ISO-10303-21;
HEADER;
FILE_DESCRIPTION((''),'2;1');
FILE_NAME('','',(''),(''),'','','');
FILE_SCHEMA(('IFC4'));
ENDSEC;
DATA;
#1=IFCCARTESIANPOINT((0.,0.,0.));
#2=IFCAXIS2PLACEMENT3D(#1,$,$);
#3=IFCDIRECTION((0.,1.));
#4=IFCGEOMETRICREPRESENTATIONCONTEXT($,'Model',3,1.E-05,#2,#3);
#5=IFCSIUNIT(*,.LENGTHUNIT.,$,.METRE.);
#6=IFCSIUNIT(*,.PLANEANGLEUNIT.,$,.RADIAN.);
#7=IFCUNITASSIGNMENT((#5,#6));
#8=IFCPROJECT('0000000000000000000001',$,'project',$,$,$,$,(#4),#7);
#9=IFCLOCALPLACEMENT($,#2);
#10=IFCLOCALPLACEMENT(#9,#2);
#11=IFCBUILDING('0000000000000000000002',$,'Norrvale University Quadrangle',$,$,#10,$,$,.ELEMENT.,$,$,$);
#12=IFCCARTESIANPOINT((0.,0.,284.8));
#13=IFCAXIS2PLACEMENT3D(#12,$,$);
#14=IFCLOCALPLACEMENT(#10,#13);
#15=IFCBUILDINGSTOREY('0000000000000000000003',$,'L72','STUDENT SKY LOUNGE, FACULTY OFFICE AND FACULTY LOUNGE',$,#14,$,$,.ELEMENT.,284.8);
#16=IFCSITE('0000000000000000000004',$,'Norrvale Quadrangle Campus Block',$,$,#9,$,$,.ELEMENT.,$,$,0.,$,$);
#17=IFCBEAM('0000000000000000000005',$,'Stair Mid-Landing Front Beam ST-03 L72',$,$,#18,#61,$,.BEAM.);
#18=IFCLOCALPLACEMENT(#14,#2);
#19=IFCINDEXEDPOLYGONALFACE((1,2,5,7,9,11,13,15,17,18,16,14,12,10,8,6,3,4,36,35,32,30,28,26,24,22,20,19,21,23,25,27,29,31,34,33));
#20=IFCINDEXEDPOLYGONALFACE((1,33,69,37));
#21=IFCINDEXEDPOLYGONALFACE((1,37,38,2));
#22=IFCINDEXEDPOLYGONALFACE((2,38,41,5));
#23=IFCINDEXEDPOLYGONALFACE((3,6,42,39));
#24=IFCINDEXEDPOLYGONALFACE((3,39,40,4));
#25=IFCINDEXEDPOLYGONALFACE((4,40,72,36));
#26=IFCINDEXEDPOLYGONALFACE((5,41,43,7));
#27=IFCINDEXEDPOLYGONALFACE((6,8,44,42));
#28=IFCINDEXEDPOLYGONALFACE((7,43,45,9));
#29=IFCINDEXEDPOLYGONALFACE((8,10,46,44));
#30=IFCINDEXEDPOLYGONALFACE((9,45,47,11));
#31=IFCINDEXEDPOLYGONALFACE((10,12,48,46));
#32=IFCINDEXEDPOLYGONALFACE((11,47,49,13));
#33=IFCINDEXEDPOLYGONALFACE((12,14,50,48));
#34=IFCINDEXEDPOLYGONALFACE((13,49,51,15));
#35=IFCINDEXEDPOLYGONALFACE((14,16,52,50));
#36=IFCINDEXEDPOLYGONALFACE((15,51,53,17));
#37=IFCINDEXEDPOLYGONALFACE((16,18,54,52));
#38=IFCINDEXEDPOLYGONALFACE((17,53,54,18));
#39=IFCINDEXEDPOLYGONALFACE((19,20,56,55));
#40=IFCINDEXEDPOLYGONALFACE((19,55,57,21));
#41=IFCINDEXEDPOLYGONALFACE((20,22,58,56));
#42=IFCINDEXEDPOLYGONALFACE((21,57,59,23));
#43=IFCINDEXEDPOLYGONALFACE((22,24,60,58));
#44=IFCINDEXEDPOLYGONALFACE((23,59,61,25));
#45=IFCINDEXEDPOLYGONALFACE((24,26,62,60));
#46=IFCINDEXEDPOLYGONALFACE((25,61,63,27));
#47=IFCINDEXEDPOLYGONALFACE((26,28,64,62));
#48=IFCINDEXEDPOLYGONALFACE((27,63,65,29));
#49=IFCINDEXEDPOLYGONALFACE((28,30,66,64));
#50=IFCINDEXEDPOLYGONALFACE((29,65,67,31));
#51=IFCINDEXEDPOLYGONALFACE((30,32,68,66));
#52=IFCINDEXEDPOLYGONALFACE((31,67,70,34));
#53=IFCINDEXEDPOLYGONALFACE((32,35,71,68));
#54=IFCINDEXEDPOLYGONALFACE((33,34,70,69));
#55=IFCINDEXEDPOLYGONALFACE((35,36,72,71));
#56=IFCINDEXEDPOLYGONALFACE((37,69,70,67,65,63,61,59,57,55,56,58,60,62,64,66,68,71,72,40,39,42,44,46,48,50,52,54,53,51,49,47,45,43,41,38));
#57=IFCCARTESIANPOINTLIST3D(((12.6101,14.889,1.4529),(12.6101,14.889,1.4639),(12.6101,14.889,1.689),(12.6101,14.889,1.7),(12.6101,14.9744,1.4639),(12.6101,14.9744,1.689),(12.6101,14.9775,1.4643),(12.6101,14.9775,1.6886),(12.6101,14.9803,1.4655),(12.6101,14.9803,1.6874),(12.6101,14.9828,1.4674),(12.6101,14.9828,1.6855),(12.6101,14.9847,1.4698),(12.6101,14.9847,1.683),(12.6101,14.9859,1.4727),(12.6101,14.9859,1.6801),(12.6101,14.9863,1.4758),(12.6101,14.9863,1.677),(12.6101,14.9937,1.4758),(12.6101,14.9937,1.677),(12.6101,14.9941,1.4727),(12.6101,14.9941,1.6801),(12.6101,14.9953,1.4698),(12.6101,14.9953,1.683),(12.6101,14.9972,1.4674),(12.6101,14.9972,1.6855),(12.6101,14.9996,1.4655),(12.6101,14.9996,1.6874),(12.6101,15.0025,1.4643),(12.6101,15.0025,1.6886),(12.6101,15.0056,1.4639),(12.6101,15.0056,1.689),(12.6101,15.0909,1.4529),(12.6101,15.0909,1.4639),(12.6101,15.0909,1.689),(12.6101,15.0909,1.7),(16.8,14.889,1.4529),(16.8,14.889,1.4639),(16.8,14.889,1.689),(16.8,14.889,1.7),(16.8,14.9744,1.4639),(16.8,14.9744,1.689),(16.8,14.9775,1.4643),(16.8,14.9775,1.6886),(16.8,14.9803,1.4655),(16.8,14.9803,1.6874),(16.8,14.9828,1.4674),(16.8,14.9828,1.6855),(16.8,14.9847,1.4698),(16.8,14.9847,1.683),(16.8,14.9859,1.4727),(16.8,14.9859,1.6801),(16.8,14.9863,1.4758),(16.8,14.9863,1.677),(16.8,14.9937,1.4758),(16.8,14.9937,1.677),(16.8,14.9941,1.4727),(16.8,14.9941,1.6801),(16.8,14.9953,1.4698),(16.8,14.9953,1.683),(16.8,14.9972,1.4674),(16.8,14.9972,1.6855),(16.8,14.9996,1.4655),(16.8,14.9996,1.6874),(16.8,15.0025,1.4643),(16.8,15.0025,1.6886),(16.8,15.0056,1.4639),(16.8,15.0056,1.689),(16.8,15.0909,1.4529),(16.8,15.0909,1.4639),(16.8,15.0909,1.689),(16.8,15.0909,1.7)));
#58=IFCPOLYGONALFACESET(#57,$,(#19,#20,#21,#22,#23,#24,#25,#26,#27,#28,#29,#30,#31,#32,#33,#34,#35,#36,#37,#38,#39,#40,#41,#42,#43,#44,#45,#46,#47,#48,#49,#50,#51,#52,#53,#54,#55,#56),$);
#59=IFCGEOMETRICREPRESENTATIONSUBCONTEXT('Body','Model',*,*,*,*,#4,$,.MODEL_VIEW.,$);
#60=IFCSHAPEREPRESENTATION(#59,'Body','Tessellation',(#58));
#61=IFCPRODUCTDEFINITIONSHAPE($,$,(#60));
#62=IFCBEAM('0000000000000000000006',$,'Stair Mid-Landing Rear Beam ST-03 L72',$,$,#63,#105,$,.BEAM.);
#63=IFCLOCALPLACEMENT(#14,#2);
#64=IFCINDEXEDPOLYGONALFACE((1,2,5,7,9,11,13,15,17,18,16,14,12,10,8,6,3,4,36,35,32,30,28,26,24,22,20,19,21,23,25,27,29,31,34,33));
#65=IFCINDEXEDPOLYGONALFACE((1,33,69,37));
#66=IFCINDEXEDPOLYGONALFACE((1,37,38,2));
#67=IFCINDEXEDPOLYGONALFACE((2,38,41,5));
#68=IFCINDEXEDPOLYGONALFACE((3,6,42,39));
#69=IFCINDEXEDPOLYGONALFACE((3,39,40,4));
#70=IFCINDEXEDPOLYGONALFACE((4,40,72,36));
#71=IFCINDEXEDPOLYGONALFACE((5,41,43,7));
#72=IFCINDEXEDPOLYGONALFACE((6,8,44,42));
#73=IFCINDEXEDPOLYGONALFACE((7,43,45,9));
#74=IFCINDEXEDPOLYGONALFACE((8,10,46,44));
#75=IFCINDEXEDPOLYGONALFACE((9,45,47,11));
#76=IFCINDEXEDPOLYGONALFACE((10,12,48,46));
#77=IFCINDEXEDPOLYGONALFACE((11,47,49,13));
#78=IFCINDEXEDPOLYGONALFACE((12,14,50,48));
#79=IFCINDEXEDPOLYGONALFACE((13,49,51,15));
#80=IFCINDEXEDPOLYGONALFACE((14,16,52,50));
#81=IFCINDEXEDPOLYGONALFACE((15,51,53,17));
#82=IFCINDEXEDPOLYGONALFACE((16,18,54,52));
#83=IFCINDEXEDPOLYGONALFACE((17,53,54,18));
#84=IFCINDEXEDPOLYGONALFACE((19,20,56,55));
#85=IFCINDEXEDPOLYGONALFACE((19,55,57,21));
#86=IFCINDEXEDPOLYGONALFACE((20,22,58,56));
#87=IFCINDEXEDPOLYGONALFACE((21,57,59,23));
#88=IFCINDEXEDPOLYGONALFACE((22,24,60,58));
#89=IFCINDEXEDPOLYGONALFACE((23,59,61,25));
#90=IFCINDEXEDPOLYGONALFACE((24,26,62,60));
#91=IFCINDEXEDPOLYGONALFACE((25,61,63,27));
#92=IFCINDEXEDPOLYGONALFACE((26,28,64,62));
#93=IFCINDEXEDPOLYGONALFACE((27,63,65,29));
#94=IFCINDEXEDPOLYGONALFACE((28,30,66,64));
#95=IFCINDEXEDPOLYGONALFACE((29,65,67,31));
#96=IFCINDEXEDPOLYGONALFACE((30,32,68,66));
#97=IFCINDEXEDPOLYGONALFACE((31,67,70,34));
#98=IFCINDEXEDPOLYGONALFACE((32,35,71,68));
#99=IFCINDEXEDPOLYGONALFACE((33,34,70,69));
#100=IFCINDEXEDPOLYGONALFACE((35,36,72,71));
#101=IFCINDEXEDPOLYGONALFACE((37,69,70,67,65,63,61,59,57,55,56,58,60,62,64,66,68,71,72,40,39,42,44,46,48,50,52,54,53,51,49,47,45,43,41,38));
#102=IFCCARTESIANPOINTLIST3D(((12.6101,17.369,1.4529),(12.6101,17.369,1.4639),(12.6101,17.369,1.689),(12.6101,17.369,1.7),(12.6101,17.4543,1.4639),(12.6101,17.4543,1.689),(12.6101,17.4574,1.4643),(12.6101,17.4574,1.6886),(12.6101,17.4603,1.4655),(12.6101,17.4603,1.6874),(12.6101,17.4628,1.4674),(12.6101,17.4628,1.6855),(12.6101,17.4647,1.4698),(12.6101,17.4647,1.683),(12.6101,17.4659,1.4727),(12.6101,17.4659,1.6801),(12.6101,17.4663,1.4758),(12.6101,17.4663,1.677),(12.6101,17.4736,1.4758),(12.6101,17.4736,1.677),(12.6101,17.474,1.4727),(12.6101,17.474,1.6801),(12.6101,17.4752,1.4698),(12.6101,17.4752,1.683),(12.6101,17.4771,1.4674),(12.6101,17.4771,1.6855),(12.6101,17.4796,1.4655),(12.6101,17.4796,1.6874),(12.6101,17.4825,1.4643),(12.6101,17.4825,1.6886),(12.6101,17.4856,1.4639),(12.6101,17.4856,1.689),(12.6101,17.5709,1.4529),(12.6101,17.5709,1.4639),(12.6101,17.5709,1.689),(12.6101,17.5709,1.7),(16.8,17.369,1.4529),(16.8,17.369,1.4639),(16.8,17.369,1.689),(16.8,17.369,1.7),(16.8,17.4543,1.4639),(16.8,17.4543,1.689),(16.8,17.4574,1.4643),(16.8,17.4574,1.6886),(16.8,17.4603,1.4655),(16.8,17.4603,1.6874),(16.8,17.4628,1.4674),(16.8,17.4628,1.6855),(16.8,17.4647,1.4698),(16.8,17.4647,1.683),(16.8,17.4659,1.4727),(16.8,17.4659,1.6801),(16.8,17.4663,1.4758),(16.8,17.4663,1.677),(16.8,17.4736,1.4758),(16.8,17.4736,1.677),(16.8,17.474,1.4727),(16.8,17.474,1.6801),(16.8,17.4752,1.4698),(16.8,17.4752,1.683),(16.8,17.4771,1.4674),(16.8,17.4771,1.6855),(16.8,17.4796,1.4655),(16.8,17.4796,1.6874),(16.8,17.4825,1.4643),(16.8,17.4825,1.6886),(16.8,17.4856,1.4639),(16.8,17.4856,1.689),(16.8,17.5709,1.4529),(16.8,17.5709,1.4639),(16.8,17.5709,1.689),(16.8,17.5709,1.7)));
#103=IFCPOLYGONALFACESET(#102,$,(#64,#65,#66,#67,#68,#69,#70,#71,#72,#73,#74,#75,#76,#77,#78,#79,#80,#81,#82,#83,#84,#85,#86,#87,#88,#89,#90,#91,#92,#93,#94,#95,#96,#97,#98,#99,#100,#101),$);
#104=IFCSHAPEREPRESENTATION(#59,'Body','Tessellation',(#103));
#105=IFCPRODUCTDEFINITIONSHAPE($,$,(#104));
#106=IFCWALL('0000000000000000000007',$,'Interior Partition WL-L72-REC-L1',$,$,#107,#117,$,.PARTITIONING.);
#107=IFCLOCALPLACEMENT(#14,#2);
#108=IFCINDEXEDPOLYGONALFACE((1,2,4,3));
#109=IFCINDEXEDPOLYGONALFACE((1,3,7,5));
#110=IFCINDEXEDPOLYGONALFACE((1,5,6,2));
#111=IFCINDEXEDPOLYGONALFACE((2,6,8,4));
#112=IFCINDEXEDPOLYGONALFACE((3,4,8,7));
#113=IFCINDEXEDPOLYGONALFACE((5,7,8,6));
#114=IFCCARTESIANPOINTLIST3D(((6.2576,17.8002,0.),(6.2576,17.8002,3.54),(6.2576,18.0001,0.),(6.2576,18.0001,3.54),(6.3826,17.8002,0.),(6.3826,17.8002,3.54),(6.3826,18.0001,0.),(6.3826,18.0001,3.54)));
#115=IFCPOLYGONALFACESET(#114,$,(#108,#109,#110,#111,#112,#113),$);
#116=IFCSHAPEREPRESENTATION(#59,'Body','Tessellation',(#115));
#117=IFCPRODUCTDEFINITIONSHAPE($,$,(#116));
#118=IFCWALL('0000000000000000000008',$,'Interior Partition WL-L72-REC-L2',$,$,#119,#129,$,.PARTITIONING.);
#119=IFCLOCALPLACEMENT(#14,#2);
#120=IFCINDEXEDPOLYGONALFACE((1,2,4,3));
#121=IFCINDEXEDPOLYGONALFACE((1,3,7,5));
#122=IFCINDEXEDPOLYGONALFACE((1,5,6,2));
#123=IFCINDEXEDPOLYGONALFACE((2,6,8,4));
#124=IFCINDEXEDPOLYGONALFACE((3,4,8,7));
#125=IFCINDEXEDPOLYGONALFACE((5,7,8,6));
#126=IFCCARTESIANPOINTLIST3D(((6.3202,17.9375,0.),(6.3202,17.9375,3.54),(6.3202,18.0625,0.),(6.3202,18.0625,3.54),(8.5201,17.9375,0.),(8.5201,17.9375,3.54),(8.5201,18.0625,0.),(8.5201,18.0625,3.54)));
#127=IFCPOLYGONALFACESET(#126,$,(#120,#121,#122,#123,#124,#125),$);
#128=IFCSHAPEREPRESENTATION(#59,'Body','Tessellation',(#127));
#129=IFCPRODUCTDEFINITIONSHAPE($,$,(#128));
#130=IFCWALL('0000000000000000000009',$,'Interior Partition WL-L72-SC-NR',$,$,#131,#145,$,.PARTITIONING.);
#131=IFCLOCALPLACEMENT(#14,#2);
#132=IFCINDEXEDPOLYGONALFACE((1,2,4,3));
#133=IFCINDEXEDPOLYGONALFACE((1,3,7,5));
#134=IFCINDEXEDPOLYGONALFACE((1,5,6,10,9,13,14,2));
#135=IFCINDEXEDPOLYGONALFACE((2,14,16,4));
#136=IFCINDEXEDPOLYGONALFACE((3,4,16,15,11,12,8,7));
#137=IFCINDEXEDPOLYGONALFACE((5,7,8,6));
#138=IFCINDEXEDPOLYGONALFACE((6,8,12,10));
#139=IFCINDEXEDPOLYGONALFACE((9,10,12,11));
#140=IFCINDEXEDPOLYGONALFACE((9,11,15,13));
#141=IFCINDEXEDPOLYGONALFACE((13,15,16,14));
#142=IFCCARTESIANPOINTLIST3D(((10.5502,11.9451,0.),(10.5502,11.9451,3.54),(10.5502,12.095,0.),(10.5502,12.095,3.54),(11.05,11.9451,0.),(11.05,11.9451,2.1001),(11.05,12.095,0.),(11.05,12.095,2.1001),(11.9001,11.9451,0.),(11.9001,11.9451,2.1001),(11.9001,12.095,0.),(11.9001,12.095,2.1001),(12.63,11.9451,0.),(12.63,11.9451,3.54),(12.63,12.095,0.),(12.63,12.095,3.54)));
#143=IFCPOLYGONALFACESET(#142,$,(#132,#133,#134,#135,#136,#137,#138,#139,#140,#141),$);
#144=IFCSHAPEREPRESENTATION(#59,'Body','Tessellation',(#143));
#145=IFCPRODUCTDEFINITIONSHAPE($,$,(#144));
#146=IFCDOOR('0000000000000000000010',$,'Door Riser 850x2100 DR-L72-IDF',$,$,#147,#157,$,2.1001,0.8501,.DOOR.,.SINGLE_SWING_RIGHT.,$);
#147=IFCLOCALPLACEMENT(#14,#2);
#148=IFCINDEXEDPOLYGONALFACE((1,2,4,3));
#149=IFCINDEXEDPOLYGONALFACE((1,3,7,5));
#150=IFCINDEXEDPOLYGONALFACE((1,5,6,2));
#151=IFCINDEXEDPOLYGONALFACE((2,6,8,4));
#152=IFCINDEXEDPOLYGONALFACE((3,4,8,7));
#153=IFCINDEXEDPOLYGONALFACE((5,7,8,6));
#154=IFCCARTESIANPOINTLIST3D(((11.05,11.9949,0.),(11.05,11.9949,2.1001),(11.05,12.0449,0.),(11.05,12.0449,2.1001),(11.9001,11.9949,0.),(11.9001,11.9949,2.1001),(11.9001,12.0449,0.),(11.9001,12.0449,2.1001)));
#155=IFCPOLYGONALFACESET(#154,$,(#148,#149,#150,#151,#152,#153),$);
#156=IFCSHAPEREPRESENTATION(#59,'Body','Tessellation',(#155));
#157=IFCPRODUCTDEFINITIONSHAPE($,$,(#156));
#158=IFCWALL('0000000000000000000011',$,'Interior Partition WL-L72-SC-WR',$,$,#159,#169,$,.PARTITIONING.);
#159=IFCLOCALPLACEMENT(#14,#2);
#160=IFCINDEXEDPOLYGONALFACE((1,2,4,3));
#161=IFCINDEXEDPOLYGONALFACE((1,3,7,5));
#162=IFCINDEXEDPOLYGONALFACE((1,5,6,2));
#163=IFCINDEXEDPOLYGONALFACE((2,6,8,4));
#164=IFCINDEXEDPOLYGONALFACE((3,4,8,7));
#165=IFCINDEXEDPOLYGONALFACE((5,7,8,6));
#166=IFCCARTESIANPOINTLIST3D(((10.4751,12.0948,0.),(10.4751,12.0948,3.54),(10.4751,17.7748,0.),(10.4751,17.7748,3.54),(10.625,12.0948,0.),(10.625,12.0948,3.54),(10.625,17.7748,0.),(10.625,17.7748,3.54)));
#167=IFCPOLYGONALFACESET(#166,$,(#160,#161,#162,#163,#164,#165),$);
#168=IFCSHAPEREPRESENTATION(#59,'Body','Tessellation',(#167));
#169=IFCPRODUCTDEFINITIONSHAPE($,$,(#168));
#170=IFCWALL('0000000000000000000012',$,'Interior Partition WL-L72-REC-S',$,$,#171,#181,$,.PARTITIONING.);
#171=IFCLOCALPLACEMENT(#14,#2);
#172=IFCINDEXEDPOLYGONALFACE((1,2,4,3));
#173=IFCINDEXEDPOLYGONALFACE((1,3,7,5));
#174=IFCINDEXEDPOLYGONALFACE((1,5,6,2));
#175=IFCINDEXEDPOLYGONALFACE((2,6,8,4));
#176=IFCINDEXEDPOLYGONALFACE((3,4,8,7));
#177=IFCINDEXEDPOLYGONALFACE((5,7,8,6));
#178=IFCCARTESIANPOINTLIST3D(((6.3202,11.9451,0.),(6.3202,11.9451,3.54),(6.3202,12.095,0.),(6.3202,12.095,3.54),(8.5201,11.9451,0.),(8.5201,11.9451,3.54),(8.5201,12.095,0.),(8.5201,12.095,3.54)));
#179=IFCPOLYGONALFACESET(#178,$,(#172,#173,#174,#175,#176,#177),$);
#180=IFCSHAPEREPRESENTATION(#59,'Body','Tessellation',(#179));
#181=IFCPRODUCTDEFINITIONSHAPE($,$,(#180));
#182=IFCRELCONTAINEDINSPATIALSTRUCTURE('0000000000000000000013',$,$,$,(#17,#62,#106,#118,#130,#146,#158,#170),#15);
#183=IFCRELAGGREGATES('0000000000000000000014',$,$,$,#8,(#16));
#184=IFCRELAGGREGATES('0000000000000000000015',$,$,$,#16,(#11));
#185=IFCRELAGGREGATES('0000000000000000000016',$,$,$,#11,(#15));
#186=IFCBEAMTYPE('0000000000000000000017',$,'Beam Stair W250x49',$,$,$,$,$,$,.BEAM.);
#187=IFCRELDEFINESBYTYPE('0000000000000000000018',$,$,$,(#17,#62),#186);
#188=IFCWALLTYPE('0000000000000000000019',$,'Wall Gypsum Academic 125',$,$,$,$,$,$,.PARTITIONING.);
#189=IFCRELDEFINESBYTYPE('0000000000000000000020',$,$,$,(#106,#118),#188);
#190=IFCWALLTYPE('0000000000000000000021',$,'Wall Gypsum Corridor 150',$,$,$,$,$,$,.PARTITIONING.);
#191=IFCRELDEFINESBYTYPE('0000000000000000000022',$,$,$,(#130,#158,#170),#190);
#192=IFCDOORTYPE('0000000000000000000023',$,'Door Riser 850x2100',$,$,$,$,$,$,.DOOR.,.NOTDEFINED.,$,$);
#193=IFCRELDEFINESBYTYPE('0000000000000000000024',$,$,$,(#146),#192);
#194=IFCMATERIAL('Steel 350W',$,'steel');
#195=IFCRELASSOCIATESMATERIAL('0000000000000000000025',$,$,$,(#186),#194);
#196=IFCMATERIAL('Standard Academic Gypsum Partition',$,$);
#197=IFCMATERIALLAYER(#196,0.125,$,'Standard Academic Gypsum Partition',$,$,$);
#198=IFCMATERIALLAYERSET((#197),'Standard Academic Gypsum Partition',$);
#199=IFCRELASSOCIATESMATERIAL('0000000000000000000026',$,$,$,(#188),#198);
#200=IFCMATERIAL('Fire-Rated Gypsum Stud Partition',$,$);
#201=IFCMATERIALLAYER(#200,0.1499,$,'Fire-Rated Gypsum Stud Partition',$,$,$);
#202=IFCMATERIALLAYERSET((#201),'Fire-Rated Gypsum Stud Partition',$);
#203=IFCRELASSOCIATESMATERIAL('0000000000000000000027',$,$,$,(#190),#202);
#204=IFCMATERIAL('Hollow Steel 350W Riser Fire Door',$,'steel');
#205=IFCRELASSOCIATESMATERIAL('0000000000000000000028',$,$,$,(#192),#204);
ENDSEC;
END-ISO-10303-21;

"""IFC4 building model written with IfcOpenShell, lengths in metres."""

from ifc_helpers import new_model, si_unit, direction, frame, frame_2d, origin, origin_2d, place, context, subcontext, project, spatial, rectangle, i_section, extrude, material, layer, layer_set, material_profile, profile_set, type_object, element, fill, save


model = new_model("IFC4")

# Units and contexts
model_context = context("Model", 3, precision=1e-05, world=origin(), true_north=direction((0.0, 1.0)))
body_context = subcontext(model_context, "Body", "Model", "MODEL_VIEW")
ifc_project = project(units=[si_unit("LENGTHUNIT", "METRE"), si_unit("PLANEANGLEUNIT", "RADIAN")], contexts=[model_context])

# Site, building, storey
site_placement = place(None, origin())
site = spatial("IfcSite", under=ifc_project, at=site_placement, Name="Norrvale Quadrangle Campus Block", CompositionType="ELEMENT", RefElevation=0.0)
building_placement = place(site_placement, origin())
building = spatial("IfcBuilding", under=site, at=building_placement, Name="Norrvale University Quadrangle", CompositionType="ELEMENT")
storey_placement = place(building_placement, frame((0.0, 0.0, 284.8)))
storey = spatial("IfcBuildingStorey", under=building, at=storey_placement, Name="L72", Description="STUDENT SKY LOUNGE, FACULTY OFFICE AND FACULTY LOUNGE", CompositionType="ELEMENT", Elevation=284.8)

# Beams
ifc_material_1 = material(Name="Steel 350W", Category="steel")
ifc_material_profile = material_profile(ifc_material_1, i_section(OverallWidth=0.2019, OverallDepth=0.2471, WebThickness=0.0073, FlangeThickness=0.011, FilletRadius=0.012, at=origin_2d()), Name="Steel 350W")
ifc_profile_set = profile_set([ifc_material_profile], Name="Steel 350W")
beam_type = type_object("IfcBeamType", Name="Beam Stair W250x49", PredefinedType="BEAM", material=ifc_profile_set)
for number, where, z_axis, x_axis, name in (
    (1, (12.6101, 14.99, 1.5764), (1.0, 0.0, 0.0), (0.0, 1.0, 0.0), "Stair Mid-Landing Front Beam ST-03 L72"),
    (2, (12.6101, 17.47, 1.5764), (1.0, 0.0, 0.0), (0.0, 1.0, 0.0), "Stair Mid-Landing Rear Beam ST-03 L72"),
):
    element("IfcBeam", number, at=place(storey_placement, frame(where, z_axis=z_axis, x_axis=x_axis)), inside=storey, type_object=beam_type, Name=name, PredefinedType="BEAM", context=body_context, shape_type="SweptSolid", body=[
        extrude(i_section(OverallWidth=0.2019, OverallDepth=0.2471, WebThickness=0.0073, FlangeThickness=0.011, FilletRadius=0.012, at=origin_2d()), origin(), (0.0, 0.0, 1.0), 4.1899),
    ])

# Walls
ifc_material_2 = material(Name="Standard Academic Gypsum Partition")
ifc_layer_1 = layer(ifc_material_2, 0.125, Name="Standard Academic Gypsum Partition")
ifc_layer_set_1 = layer_set([ifc_layer_1], Name="Standard Academic Gypsum Partition")
wall_type_1 = type_object("IfcWallType", Name="Wall Gypsum Academic 125", PredefinedType="PARTITIONING", material=ifc_layer_set_1)
wall_1_placement = place(storey_placement, frame((6.3201, 17.8, 0.0), z_axis=(0.0, 0.0, 1.0), x_axis=(0.0, 1.0, 0.0)))
element("IfcWall", 3, at=wall_1_placement, inside=storey, type_object=wall_type_1, Name="Interior Partition WL-L72-REC-L1", PredefinedType="PARTITIONING", context=body_context, shape_type="SweptSolid", body=[
    extrude(rectangle(XDim=0.2, YDim=0.125, at=frame_2d((0.1001, 0.0))), origin(), (0.0, 0.0, 1.0), 3.54),
])
wall_2_placement = place(storey_placement, frame((6.3201, 18.0, 0.0), z_axis=(0.0, 0.0, 1.0), x_axis=(1.0, 0.0, 0.0)))
element("IfcWall", 4, at=wall_2_placement, inside=storey, type_object=wall_type_1, Name="Interior Partition WL-L72-REC-L2", PredefinedType="PARTITIONING", context=body_context, shape_type="SweptSolid", body=[
    extrude(rectangle(XDim=2.2, YDim=0.125, at=frame_2d((1.1001, 0.0))), origin(), (0.0, 0.0, 1.0), 3.54),
])

# Wall, opening, door
ifc_material_3 = material(Name="Fire-Rated Gypsum Stud Partition")
ifc_layer_2 = layer(ifc_material_3, 0.1499, Name="Fire-Rated Gypsum Stud Partition")
ifc_layer_set_2 = layer_set([ifc_layer_2], Name="Fire-Rated Gypsum Stud Partition")
wall_type_2 = type_object("IfcWallType", Name="Wall Gypsum Corridor 150", PredefinedType="PARTITIONING", material=ifc_layer_set_2)
wall_3_placement = place(storey_placement, frame((10.55, 12.02, 0.0), z_axis=(0.0, 0.0, 1.0), x_axis=(1.0, 0.0, 0.0)))
wall_3 = element("IfcWall", 5, at=wall_3_placement, inside=storey, type_object=wall_type_2, Name="Interior Partition WL-L72-SC-NR", PredefinedType="PARTITIONING", context=body_context, shape_type="SweptSolid", body=[
    extrude(rectangle(XDim=2.0798, YDim=0.1499, at=frame_2d((1.04, 0.0))), origin(), (0.0, 0.0, 1.0), 3.54),
])
opening_1_placement = place(wall_3_placement, frame((0.5, 0.0, 0.0)))
opening_1 = element("IfcOpeningElement", 6, at=opening_1_placement, cuts=wall_3, PredefinedType="OPENING", context=body_context, shape_type="SweptSolid", body=[
    extrude(rectangle(XDim=0.8501, YDim=2.1001, at=frame_2d((0.425, 1.05))), frame((0.0, 0.0869, 0.0), z_axis=(0.0, -1.0, 0.0), x_axis=(1.0, 0.0, 0.0)), (0.0, 0.0, 1.0), 0.1738),
])
ifc_material_4 = material(Name="Hollow Steel 350W Riser Fire Door", Category="steel")
door_type_1 = type_object("IfcDoorType", Name="Door Riser 850x2100", OperationType="NOTDEFINED", PredefinedType="DOOR", material=ifc_material_4)
door_1_placement = place(opening_1_placement, origin())
door_1 = element("IfcDoor", 7, at=door_1_placement, inside=storey, type_object=door_type_1, Name="Door Riser 850x2100 DR-L72-IDF", OperationType="SINGLE_SWING_RIGHT", OverallHeight=2.1001, OverallWidth=0.8501, PredefinedType="DOOR", context=body_context, shape_type="SweptSolid", body=[
    extrude(rectangle(XDim=0.8501, YDim=2.1001, at=frame_2d((0.425, 1.05))), frame((0.0, 0.0249, 0.0), z_axis=(0.0, -1.0, 0.0), x_axis=(1.0, 0.0, 0.0)), (0.0, 0.0, 1.0), 0.05),
])
fill(opening_1, door_1)

# Walls
wall_4_placement = place(storey_placement, frame((10.55, 12.095, 0.0), z_axis=(0.0, 0.0, 1.0), x_axis=(0.0, 1.0, 0.0)))
element("IfcWall", 8, at=wall_4_placement, inside=storey, type_object=wall_type_2, Name="Interior Partition WL-L72-SC-WR", PredefinedType="PARTITIONING", context=body_context, shape_type="SweptSolid", body=[
    extrude(rectangle(XDim=5.6799, YDim=0.1499, at=frame_2d((2.8398, 0.0))), origin(), (0.0, 0.0, 1.0), 3.54),
])
wall_5_placement = place(storey_placement, frame((6.3201, 12.02, 0.0), z_axis=(0.0, 0.0, 1.0), x_axis=(1.0, 0.0, 0.0)))
element("IfcWall", 9, at=wall_5_placement, inside=storey, type_object=wall_type_2, Name="Interior Partition WL-L72-REC-S", PredefinedType="PARTITIONING", context=body_context, shape_type="SweptSolid", body=[
    extrude(rectangle(XDim=2.2, YDim=0.1499, at=frame_2d((1.1001, 0.0))), origin(), (0.0, 0.0, 1.0), 3.54),
])

save(model, "model.ifc")
